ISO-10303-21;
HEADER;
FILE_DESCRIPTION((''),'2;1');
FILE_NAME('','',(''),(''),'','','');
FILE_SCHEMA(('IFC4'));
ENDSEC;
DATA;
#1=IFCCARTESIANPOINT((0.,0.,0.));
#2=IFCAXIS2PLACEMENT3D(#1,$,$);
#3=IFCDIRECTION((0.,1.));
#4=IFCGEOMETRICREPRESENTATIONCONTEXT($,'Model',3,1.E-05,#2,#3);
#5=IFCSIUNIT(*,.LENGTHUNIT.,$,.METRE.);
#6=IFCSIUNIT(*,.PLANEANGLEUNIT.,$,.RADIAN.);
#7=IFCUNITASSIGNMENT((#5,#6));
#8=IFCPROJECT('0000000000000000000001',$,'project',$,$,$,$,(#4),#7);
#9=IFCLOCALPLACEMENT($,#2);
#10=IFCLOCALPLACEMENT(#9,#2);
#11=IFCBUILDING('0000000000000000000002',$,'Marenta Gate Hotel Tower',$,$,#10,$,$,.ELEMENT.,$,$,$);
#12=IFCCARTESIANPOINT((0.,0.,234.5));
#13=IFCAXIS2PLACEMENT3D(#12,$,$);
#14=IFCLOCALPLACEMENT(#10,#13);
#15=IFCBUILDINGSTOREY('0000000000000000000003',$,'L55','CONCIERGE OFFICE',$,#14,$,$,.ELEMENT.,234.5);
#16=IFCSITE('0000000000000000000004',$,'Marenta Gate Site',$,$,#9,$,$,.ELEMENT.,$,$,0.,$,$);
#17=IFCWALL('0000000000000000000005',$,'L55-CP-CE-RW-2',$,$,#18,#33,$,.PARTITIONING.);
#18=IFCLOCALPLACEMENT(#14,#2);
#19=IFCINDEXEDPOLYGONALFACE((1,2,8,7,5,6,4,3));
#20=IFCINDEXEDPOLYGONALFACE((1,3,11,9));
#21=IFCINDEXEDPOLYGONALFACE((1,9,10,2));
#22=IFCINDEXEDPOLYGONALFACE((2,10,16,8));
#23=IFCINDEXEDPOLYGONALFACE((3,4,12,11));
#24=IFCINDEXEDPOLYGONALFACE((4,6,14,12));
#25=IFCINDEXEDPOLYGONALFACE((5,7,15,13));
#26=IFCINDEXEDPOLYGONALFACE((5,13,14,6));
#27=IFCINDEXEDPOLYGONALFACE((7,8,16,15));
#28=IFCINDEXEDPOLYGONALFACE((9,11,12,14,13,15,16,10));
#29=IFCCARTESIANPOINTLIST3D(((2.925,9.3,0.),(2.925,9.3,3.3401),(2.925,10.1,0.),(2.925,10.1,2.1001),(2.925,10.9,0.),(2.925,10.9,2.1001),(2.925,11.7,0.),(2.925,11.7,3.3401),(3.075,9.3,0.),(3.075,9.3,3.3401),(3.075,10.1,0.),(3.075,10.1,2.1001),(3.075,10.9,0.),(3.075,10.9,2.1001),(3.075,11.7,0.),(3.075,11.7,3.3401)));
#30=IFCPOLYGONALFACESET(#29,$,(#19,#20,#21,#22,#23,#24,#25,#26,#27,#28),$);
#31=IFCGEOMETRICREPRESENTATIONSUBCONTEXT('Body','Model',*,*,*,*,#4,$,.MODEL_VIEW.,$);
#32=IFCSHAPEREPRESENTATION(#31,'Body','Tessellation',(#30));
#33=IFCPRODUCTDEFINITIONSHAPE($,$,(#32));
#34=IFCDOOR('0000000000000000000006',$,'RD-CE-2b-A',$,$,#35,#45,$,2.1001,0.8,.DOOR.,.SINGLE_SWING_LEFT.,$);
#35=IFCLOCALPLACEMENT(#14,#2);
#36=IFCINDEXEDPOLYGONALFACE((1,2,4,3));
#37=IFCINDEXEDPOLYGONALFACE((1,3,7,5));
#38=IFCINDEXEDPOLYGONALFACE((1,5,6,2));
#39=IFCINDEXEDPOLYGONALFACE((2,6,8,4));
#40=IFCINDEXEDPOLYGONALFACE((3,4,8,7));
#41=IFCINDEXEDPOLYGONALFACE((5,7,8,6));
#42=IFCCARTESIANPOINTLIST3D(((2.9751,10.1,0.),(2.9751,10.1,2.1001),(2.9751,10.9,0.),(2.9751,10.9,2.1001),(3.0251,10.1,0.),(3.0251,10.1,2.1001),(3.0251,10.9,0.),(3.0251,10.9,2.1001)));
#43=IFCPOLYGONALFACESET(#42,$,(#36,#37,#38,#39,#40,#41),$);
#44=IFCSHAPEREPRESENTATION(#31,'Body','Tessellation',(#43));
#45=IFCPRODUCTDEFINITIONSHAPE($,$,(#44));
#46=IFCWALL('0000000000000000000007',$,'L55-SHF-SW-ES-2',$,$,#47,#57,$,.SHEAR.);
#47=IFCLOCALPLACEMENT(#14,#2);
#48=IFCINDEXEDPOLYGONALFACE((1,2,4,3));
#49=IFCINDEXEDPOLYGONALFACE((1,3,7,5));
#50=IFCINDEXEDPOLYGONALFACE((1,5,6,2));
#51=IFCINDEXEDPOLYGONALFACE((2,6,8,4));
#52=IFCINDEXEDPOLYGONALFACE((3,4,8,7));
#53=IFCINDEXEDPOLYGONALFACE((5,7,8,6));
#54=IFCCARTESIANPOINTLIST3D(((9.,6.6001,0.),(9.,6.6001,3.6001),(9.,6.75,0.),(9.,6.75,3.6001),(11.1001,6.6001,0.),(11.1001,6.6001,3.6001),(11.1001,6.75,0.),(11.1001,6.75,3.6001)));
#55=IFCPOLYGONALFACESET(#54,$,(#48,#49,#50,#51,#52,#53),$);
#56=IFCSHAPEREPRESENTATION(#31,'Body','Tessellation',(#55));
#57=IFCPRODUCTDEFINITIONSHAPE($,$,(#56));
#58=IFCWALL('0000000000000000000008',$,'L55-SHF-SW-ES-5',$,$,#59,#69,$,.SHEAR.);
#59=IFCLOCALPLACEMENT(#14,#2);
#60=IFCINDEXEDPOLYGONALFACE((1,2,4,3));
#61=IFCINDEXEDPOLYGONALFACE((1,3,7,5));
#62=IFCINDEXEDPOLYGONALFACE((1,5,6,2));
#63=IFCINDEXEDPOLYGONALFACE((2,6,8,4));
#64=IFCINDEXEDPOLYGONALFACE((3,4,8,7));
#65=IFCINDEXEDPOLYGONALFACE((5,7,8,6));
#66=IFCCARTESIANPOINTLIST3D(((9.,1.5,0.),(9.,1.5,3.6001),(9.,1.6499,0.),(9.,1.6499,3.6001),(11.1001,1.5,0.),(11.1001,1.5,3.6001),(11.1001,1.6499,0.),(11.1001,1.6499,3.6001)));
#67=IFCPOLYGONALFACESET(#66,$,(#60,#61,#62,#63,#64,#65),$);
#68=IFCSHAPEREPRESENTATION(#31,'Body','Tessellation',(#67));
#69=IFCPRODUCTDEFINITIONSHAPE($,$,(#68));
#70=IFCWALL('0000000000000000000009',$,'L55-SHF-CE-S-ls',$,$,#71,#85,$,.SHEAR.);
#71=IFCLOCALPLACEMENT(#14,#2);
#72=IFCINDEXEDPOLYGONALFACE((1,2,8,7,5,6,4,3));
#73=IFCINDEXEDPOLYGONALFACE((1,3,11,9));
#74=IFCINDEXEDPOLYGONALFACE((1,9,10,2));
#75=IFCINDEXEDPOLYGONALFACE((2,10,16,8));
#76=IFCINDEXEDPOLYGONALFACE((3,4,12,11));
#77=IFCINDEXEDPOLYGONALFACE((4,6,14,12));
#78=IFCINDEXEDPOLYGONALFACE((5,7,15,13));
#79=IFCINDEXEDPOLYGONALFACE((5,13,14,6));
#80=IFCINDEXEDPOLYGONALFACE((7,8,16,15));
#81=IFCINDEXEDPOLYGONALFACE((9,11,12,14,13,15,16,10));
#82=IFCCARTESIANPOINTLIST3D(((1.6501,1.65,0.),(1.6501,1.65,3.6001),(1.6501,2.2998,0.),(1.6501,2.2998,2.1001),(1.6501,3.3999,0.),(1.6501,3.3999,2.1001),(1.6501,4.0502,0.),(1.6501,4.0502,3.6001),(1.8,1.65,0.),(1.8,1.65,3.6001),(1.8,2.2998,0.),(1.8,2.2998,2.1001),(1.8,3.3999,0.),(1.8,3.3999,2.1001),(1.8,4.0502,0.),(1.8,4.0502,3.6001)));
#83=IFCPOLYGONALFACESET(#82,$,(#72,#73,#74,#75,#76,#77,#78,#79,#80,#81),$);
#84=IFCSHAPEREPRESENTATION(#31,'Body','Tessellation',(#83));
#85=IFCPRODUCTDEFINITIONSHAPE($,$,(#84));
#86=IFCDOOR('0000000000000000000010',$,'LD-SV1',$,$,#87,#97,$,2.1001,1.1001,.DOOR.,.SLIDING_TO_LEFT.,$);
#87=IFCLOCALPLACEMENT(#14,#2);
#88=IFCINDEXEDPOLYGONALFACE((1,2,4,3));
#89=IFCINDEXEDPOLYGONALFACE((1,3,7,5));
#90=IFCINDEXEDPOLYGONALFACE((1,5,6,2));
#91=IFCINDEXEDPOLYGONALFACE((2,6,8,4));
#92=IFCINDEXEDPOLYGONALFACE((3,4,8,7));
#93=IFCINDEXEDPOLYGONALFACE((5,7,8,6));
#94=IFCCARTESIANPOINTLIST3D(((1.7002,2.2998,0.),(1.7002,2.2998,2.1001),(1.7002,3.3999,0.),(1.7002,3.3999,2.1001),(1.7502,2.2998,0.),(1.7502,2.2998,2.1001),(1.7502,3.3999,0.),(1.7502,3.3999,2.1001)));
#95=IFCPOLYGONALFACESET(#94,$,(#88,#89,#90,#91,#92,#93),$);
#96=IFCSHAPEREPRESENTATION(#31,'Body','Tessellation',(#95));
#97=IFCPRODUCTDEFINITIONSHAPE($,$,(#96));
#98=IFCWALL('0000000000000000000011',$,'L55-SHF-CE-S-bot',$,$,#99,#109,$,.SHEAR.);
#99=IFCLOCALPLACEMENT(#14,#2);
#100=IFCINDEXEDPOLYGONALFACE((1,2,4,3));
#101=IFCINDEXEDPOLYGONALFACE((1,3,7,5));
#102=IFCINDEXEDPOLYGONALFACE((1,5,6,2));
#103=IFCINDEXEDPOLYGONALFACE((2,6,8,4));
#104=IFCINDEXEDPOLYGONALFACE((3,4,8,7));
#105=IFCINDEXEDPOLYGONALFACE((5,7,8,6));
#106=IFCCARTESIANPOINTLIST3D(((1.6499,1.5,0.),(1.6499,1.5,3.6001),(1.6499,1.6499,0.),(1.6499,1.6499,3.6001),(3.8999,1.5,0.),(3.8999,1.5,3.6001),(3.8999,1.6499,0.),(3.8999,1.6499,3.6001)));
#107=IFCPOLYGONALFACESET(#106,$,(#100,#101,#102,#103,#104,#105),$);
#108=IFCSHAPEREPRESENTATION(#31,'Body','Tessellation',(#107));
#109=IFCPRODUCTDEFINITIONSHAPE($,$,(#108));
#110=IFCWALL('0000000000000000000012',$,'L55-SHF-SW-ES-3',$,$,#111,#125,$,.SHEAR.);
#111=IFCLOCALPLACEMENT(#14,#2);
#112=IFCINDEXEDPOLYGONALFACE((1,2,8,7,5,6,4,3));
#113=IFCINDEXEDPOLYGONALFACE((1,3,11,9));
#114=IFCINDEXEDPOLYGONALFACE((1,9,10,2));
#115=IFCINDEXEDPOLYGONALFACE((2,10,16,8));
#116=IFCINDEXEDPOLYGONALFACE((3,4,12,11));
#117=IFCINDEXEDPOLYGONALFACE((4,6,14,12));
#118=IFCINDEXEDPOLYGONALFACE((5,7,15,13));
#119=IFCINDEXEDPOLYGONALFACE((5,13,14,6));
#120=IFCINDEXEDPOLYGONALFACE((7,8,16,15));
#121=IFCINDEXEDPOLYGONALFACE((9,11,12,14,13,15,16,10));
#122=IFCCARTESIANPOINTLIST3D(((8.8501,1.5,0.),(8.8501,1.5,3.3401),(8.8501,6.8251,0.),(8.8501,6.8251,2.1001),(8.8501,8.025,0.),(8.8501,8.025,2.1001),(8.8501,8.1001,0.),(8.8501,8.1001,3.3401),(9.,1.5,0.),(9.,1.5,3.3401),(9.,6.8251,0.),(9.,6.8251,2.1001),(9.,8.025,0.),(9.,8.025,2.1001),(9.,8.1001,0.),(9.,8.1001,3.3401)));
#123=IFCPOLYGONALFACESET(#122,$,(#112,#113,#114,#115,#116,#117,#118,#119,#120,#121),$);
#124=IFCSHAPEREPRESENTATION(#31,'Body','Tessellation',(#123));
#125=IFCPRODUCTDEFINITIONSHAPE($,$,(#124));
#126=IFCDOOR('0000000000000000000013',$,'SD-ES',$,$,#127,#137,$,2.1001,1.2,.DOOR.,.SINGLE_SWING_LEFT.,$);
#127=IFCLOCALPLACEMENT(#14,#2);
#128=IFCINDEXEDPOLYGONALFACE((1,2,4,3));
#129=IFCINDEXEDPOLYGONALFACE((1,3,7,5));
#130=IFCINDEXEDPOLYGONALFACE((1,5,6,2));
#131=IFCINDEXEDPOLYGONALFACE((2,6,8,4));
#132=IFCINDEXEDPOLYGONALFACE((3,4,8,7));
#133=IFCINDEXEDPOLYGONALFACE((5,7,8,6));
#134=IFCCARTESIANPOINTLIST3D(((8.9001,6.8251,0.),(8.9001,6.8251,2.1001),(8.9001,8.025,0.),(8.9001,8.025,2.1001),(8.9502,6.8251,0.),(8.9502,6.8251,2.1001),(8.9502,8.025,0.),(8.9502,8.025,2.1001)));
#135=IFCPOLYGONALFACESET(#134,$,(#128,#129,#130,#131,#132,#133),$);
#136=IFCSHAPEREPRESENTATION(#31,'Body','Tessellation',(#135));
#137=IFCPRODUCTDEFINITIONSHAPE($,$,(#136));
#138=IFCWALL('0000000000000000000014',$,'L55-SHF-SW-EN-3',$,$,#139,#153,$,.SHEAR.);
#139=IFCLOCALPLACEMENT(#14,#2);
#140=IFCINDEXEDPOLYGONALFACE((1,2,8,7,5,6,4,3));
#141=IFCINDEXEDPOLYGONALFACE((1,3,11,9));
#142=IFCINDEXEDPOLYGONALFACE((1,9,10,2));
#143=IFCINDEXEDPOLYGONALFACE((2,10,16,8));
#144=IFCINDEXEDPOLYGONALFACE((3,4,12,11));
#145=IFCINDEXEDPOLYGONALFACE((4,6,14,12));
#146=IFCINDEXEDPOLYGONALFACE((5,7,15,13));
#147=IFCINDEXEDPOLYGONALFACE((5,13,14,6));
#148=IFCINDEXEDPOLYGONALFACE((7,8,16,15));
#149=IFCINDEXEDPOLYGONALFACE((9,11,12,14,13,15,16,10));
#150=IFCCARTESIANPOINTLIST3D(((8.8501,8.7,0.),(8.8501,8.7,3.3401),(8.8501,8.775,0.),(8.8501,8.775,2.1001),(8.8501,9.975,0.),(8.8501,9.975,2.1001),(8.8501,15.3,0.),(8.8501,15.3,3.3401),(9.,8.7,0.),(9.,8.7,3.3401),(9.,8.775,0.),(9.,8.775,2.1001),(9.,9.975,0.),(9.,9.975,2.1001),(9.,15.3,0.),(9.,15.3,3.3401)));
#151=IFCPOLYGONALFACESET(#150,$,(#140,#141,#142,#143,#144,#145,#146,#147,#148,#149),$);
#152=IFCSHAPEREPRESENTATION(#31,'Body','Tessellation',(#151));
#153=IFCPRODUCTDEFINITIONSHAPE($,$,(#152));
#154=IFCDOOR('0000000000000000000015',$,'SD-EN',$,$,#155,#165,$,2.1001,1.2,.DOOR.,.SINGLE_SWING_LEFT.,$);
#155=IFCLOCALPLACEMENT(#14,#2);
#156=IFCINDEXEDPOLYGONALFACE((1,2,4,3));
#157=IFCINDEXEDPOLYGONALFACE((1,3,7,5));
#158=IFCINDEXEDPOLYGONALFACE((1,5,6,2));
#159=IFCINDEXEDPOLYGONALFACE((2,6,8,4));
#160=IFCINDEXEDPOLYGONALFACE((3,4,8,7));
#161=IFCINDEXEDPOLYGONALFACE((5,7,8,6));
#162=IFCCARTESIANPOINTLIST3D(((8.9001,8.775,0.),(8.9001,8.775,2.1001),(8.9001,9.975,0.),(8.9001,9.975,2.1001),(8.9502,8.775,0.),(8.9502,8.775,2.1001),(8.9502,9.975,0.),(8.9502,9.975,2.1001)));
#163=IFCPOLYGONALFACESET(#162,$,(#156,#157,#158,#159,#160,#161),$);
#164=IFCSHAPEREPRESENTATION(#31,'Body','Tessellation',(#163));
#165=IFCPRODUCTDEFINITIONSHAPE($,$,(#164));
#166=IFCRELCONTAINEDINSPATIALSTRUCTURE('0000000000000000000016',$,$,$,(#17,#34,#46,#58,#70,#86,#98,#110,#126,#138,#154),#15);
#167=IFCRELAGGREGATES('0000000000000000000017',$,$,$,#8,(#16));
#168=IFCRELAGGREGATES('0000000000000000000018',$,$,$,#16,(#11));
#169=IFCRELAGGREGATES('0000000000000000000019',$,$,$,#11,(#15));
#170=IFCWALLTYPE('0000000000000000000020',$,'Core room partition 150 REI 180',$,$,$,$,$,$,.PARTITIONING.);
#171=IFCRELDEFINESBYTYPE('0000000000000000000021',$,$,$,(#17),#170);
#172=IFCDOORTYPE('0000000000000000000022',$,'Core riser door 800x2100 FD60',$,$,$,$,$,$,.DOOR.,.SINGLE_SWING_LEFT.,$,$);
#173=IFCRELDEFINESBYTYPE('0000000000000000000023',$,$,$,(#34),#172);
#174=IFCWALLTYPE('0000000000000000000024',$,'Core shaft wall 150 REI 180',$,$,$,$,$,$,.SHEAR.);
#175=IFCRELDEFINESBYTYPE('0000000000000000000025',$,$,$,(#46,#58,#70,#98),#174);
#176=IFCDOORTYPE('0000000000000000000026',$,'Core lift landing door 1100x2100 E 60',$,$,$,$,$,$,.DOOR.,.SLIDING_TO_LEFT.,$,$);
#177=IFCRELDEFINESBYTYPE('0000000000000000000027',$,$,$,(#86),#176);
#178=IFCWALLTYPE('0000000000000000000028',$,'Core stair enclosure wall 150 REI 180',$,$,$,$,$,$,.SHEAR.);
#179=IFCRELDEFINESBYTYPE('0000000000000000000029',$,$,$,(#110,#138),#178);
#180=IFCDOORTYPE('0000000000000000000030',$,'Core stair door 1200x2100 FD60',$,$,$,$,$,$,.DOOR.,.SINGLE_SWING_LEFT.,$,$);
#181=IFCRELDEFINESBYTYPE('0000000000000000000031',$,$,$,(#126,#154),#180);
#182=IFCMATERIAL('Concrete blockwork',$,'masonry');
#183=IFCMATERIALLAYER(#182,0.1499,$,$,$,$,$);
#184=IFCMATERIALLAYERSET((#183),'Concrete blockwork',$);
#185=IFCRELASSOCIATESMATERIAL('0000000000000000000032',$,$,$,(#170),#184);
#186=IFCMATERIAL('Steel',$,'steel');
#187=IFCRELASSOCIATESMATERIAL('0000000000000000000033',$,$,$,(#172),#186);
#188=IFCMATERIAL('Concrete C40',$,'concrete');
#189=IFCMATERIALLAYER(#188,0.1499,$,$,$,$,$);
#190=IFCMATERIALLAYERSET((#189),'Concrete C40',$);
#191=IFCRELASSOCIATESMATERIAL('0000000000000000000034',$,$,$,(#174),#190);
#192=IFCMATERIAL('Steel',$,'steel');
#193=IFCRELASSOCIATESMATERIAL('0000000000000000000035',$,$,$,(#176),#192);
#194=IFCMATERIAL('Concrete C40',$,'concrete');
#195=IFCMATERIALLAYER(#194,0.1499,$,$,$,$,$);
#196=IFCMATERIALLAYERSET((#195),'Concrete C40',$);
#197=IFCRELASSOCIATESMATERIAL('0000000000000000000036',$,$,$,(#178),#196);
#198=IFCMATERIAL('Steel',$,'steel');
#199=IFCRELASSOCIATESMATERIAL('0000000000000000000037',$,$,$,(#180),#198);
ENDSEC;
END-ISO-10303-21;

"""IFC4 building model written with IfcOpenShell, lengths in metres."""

from ifc_helpers import new_model, si_unit, direction, frame, frame_2d, origin, place, context, subcontext, project, spatial, rectangle, extrude, material, layer, layer_set, type_object, element, fill, save


model = new_model("IFC4")

# Units and contexts
model_context = context("Model", 3, precision=1e-05, world=origin(), true_north=direction((0.0, 1.0)))
body_context = subcontext(model_context, "Body", "Model", "MODEL_VIEW")
ifc_project = project(units=[si_unit("LENGTHUNIT", "METRE"), si_unit("PLANEANGLEUNIT", "RADIAN")], contexts=[model_context])

# Site, building, storey
site_placement = place(None, origin())
site = spatial("IfcSite", under=ifc_project, at=site_placement, Name="Marenta Gate Site", CompositionType="ELEMENT", RefElevation=0.0)
building_placement = place(site_placement, origin())
building = spatial("IfcBuilding", under=site, at=building_placement, Name="Marenta Gate Hotel Tower", CompositionType="ELEMENT")
storey_placement = place(building_placement, frame((0.0, 0.0, 234.5)))
storey = spatial("IfcBuildingStorey", under=building, at=storey_placement, Name="L55", Description="CONCIERGE OFFICE", CompositionType="ELEMENT", Elevation=234.5)

# Shared definitions
ifc_material_1 = material(Name="Concrete blockwork", Category="masonry")
ifc_layer_1 = layer(ifc_material_1, 0.1499)
ifc_layer_set_1 = layer_set([ifc_layer_1], Name="Concrete blockwork")
wall_type_1 = type_object("IfcWallType", Name="Core room partition 150 REI 180", PredefinedType="PARTITIONING", material=ifc_layer_set_1)

# Wall, opening, door
ifc_material_2 = material(Name="Steel", Category="steel")
door_type_1 = type_object("IfcDoorType", Name="Core riser door 800x2100 FD60", OperationType="SINGLE_SWING_LEFT", PredefinedType="DOOR", material=ifc_material_2)
wall_1_placement = place(storey_placement, frame((3.0, 9.3, 0.0), z_axis=(0.0, 0.0, 1.0), x_axis=(0.0, 1.0, 0.0)))
wall_1 = element("IfcWall", 1, at=wall_1_placement, inside=storey, type_object=wall_type_1, Name="L55-CP-CE-RW-2", PredefinedType="PARTITIONING", context=body_context, shape_type="SweptSolid", body=[
    extrude(rectangle(XDim=2.3999, YDim=0.1499, at=frame_2d((1.2, 0.0))), origin(), (0.0, 0.0, 1.0), 3.3401),
])
opening_1_placement = place(wall_1_placement, frame((0.8, 0.0, 0.0)))
opening_1 = element("IfcOpeningElement", 2, at=opening_1_placement, cuts=wall_1, PredefinedType="OPENING", context=body_context, shape_type="SweptSolid", body=[
    extrude(rectangle(XDim=0.8, YDim=2.1001, at=frame_2d((0.3999, 1.05))), frame((0.0, 0.075, 0.0), z_axis=(0.0, -1.0, 0.0), x_axis=(1.0, 0.0, 0.0)), (0.0, 0.0, 1.0), 0.1499),
])
door_1_placement = place(opening_1_placement, origin())
door_1 = element("IfcDoor", 3, at=door_1_placement, inside=storey, type_object=door_type_1, Name="RD-CE-2b-A", OperationType="SINGLE_SWING_LEFT", OverallHeight=2.1001, OverallWidth=0.8, PredefinedType="DOOR", context=body_context, shape_type="SweptSolid", body=[
    extrude(rectangle(XDim=0.8, YDim=2.1001, at=frame_2d((0.3999, 1.05))), frame((0.0, 0.0249, 0.0), z_axis=(0.0, -1.0, 0.0), x_axis=(1.0, 0.0, 0.0)), (0.0, 0.0, 1.0), 0.05),
])
fill(opening_1, door_1)

# Walls
ifc_material_3 = material(Name="Concrete C40", Category="concrete")
ifc_layer_2 = layer(ifc_material_3, 0.1499)
ifc_layer_set_2 = layer_set([ifc_layer_2], Name="Concrete C40")
wall_type_2 = type_object("IfcWallType", Name="Core shaft wall 150 REI 180", PredefinedType="SHEAR", material=ifc_layer_set_2)
for number, where, z_axis, x_axis, name in (
    (4, (9.0, 6.675, 0.0), (0.0, 0.0, 1.0), (1.0, 0.0, 0.0), "L55-SHF-SW-ES-2"),
    (5, (9.0, 1.575, 0.0), (0.0, 0.0, 1.0), (1.0, 0.0, 0.0), "L55-SHF-SW-ES-5"),
):
    element("IfcWall", number, at=place(storey_placement, frame(where, z_axis=z_axis, x_axis=x_axis)), inside=storey, type_object=wall_type_2, Name=name, PredefinedType="SHEAR", context=body_context, shape_type="SweptSolid", body=[
        extrude(rectangle(XDim=2.1001, YDim=0.1499, at=frame_2d((1.05, 0.0))), origin(), (0.0, 0.0, 1.0), 3.6001),
    ])

# Wall, opening, door
wall_2_placement = place(storey_placement, frame((1.7251, 1.6499, 0.0), z_axis=(0.0, 0.0, 1.0), x_axis=(0.0, 1.0, 0.0)))
wall_2 = element("IfcWall", 6, at=wall_2_placement, inside=storey, type_object=wall_type_2, Name="L55-SHF-CE-S-ls", PredefinedType="SHEAR", context=body_context, shape_type="SweptSolid", body=[
    extrude(rectangle(XDim=2.4001, YDim=0.1499, at=frame_2d((1.2002, 0.0))), origin(), (0.0, 0.0, 1.0), 3.6001),
])
opening_2_placement = place(wall_2_placement, frame((0.6499, 0.0, 0.0)))
opening_2 = element("IfcOpeningElement", 7, at=opening_2_placement, cuts=wall_2, PredefinedType="OPENING", context=body_context, shape_type="SweptSolid", body=[
    extrude(rectangle(XDim=1.1001, YDim=2.1001, at=frame_2d((0.55, 1.05))), frame((0.0, 0.075, 0.0), z_axis=(0.0, -1.0, 0.0), x_axis=(1.0, 0.0, 0.0)), (0.0, 0.0, 1.0), 0.1499),
])
ifc_material_4 = material(Name="Steel", Category="steel")
door_type_2 = type_object("IfcDoorType", Name="Core lift landing door 1100x2100 E 60", OperationType="SLIDING_TO_LEFT", PredefinedType="DOOR", material=ifc_material_4)
door_2_placement = place(opening_2_placement, origin())
door_2 = element("IfcDoor", 8, at=door_2_placement, inside=storey, type_object=door_type_2, Name="LD-SV1", OperationType="SLIDING_TO_LEFT", OverallHeight=2.1001, OverallWidth=1.1001, PredefinedType="DOOR", context=body_context, shape_type="SweptSolid", body=[
    extrude(rectangle(XDim=1.1001, YDim=2.1001, at=frame_2d((0.55, 1.05))), frame((0.0, 0.0249, 0.0), z_axis=(0.0, -1.0, 0.0), x_axis=(1.0, 0.0, 0.0)), (0.0, 0.0, 1.0), 0.05),
])
fill(opening_2, door_2)

# Wall
wall_3_placement = place(storey_placement, frame((1.6499, 1.575, 0.0), z_axis=(0.0, 0.0, 1.0), x_axis=(1.0, 0.0, 0.0)))
element("IfcWall", 9, at=wall_3_placement, inside=storey, type_object=wall_type_2, Name="L55-SHF-CE-S-bot", PredefinedType="SHEAR", context=body_context, shape_type="SweptSolid", body=[
    extrude(rectangle(XDim=2.25, YDim=0.1499, at=frame_2d((1.125, 0.0))), origin(), (0.0, 0.0, 1.0), 3.6001),
])

# Walls, openings, doors
ifc_material_5 = material(Name="Concrete C40", Category="concrete")
ifc_layer_3 = layer(ifc_material_5, 0.1499)
ifc_layer_set_3 = layer_set([ifc_layer_3], Name="Concrete C40")
wall_type_3 = type_object("IfcWallType", Name="Core stair enclosure wall 150 REI 180", PredefinedType="SHEAR", material=ifc_layer_set_3)
wall_4_placement = place(storey_placement, frame((8.925, 1.5, 0.0), z_axis=(0.0, 0.0, 1.0), x_axis=(0.0, 1.0, 0.0)))
wall_4 = element("IfcWall", 10, at=wall_4_placement, inside=storey, type_object=wall_type_3, Name="L55-SHF-SW-ES-3", PredefinedType="SHEAR", context=body_context, shape_type="SweptSolid", body=[
    extrude(rectangle(XDim=6.6001, YDim=0.1499, at=frame_2d((3.3, 0.0))), origin(), (0.0, 0.0, 1.0), 3.3401),
])
opening_3_placement = place(wall_4_placement, frame((5.325, 0.0, 0.0)))
opening_3 = element("IfcOpeningElement", 11, at=opening_3_placement, cuts=wall_4, PredefinedType="OPENING", context=body_context, shape_type="SweptSolid", body=[
    extrude(rectangle(XDim=1.2, YDim=2.1001, at=frame_2d((0.6001, 1.05))), frame((0.0, 0.075, 0.0), z_axis=(0.0, -1.0, 0.0), x_axis=(1.0, 0.0, 0.0)), (0.0, 0.0, 1.0), 0.1499),
])
ifc_material_6 = material(Name="Steel", Category="steel")
door_type_3 = type_object("IfcDoorType", Name="Core stair door 1200x2100 FD60", OperationType="SINGLE_SWING_LEFT", PredefinedType="DOOR", material=ifc_material_6)
door_3_placement = place(opening_3_placement, origin())
door_3 = element("IfcDoor", 12, at=door_3_placement, inside=storey, type_object=door_type_3, Name="SD-ES", OperationType="SINGLE_SWING_LEFT", OverallHeight=2.1001, OverallWidth=1.2, PredefinedType="DOOR", context=body_context, shape_type="SweptSolid", body=[
    extrude(rectangle(XDim=1.2, YDim=2.1001, at=frame_2d((0.6001, 1.05))), frame((0.0, 0.0249, 0.0), z_axis=(0.0, -1.0, 0.0), x_axis=(1.0, 0.0, 0.0)), (0.0, 0.0, 1.0), 0.05),
])
fill(opening_3, door_3)
wall_5_placement = place(storey_placement, frame((8.925, 8.7, 0.0), z_axis=(0.0, 0.0, 1.0), x_axis=(0.0, 1.0, 0.0)))
wall_5 = element("IfcWall", 13, at=wall_5_placement, inside=storey, type_object=wall_type_3, Name="L55-SHF-SW-EN-3", PredefinedType="SHEAR", context=body_context, shape_type="SweptSolid", body=[
    extrude(rectangle(XDim=6.6001, YDim=0.1499, at=frame_2d((3.3, 0.0))), origin(), (0.0, 0.0, 1.0), 3.3401),
])
opening_4_placement = place(wall_5_placement, frame((0.075, 0.0, 0.0)))
opening_4 = element("IfcOpeningElement", 14, at=opening_4_placement, cuts=wall_5, PredefinedType="OPENING", context=body_context, shape_type="SweptSolid", body=[
    extrude(rectangle(XDim=1.2, YDim=2.1001, at=frame_2d((0.6001, 1.05))), frame((0.0, 0.075, 0.0), z_axis=(0.0, -1.0, 0.0), x_axis=(1.0, 0.0, 0.0)), (0.0, 0.0, 1.0), 0.1499),
])
door_4_placement = place(opening_4_placement, origin())
door_4 = element("IfcDoor", 15, at=door_4_placement, inside=storey, type_object=door_type_3, Name="SD-EN", OperationType="SINGLE_SWING_LEFT", OverallHeight=2.1001, OverallWidth=1.2, PredefinedType="DOOR", context=body_context, shape_type="SweptSolid", body=[
    extrude(rectangle(XDim=1.2, YDim=2.1001, at=frame_2d((0.6001, 1.05))), frame((0.0, 0.0249, 0.0), z_axis=(0.0, -1.0, 0.0), x_axis=(1.0, 0.0, 0.0)), (0.0, 0.0, 1.0), 0.05),
])
fill(opening_4, door_4)

save(model, "model.ifc")
